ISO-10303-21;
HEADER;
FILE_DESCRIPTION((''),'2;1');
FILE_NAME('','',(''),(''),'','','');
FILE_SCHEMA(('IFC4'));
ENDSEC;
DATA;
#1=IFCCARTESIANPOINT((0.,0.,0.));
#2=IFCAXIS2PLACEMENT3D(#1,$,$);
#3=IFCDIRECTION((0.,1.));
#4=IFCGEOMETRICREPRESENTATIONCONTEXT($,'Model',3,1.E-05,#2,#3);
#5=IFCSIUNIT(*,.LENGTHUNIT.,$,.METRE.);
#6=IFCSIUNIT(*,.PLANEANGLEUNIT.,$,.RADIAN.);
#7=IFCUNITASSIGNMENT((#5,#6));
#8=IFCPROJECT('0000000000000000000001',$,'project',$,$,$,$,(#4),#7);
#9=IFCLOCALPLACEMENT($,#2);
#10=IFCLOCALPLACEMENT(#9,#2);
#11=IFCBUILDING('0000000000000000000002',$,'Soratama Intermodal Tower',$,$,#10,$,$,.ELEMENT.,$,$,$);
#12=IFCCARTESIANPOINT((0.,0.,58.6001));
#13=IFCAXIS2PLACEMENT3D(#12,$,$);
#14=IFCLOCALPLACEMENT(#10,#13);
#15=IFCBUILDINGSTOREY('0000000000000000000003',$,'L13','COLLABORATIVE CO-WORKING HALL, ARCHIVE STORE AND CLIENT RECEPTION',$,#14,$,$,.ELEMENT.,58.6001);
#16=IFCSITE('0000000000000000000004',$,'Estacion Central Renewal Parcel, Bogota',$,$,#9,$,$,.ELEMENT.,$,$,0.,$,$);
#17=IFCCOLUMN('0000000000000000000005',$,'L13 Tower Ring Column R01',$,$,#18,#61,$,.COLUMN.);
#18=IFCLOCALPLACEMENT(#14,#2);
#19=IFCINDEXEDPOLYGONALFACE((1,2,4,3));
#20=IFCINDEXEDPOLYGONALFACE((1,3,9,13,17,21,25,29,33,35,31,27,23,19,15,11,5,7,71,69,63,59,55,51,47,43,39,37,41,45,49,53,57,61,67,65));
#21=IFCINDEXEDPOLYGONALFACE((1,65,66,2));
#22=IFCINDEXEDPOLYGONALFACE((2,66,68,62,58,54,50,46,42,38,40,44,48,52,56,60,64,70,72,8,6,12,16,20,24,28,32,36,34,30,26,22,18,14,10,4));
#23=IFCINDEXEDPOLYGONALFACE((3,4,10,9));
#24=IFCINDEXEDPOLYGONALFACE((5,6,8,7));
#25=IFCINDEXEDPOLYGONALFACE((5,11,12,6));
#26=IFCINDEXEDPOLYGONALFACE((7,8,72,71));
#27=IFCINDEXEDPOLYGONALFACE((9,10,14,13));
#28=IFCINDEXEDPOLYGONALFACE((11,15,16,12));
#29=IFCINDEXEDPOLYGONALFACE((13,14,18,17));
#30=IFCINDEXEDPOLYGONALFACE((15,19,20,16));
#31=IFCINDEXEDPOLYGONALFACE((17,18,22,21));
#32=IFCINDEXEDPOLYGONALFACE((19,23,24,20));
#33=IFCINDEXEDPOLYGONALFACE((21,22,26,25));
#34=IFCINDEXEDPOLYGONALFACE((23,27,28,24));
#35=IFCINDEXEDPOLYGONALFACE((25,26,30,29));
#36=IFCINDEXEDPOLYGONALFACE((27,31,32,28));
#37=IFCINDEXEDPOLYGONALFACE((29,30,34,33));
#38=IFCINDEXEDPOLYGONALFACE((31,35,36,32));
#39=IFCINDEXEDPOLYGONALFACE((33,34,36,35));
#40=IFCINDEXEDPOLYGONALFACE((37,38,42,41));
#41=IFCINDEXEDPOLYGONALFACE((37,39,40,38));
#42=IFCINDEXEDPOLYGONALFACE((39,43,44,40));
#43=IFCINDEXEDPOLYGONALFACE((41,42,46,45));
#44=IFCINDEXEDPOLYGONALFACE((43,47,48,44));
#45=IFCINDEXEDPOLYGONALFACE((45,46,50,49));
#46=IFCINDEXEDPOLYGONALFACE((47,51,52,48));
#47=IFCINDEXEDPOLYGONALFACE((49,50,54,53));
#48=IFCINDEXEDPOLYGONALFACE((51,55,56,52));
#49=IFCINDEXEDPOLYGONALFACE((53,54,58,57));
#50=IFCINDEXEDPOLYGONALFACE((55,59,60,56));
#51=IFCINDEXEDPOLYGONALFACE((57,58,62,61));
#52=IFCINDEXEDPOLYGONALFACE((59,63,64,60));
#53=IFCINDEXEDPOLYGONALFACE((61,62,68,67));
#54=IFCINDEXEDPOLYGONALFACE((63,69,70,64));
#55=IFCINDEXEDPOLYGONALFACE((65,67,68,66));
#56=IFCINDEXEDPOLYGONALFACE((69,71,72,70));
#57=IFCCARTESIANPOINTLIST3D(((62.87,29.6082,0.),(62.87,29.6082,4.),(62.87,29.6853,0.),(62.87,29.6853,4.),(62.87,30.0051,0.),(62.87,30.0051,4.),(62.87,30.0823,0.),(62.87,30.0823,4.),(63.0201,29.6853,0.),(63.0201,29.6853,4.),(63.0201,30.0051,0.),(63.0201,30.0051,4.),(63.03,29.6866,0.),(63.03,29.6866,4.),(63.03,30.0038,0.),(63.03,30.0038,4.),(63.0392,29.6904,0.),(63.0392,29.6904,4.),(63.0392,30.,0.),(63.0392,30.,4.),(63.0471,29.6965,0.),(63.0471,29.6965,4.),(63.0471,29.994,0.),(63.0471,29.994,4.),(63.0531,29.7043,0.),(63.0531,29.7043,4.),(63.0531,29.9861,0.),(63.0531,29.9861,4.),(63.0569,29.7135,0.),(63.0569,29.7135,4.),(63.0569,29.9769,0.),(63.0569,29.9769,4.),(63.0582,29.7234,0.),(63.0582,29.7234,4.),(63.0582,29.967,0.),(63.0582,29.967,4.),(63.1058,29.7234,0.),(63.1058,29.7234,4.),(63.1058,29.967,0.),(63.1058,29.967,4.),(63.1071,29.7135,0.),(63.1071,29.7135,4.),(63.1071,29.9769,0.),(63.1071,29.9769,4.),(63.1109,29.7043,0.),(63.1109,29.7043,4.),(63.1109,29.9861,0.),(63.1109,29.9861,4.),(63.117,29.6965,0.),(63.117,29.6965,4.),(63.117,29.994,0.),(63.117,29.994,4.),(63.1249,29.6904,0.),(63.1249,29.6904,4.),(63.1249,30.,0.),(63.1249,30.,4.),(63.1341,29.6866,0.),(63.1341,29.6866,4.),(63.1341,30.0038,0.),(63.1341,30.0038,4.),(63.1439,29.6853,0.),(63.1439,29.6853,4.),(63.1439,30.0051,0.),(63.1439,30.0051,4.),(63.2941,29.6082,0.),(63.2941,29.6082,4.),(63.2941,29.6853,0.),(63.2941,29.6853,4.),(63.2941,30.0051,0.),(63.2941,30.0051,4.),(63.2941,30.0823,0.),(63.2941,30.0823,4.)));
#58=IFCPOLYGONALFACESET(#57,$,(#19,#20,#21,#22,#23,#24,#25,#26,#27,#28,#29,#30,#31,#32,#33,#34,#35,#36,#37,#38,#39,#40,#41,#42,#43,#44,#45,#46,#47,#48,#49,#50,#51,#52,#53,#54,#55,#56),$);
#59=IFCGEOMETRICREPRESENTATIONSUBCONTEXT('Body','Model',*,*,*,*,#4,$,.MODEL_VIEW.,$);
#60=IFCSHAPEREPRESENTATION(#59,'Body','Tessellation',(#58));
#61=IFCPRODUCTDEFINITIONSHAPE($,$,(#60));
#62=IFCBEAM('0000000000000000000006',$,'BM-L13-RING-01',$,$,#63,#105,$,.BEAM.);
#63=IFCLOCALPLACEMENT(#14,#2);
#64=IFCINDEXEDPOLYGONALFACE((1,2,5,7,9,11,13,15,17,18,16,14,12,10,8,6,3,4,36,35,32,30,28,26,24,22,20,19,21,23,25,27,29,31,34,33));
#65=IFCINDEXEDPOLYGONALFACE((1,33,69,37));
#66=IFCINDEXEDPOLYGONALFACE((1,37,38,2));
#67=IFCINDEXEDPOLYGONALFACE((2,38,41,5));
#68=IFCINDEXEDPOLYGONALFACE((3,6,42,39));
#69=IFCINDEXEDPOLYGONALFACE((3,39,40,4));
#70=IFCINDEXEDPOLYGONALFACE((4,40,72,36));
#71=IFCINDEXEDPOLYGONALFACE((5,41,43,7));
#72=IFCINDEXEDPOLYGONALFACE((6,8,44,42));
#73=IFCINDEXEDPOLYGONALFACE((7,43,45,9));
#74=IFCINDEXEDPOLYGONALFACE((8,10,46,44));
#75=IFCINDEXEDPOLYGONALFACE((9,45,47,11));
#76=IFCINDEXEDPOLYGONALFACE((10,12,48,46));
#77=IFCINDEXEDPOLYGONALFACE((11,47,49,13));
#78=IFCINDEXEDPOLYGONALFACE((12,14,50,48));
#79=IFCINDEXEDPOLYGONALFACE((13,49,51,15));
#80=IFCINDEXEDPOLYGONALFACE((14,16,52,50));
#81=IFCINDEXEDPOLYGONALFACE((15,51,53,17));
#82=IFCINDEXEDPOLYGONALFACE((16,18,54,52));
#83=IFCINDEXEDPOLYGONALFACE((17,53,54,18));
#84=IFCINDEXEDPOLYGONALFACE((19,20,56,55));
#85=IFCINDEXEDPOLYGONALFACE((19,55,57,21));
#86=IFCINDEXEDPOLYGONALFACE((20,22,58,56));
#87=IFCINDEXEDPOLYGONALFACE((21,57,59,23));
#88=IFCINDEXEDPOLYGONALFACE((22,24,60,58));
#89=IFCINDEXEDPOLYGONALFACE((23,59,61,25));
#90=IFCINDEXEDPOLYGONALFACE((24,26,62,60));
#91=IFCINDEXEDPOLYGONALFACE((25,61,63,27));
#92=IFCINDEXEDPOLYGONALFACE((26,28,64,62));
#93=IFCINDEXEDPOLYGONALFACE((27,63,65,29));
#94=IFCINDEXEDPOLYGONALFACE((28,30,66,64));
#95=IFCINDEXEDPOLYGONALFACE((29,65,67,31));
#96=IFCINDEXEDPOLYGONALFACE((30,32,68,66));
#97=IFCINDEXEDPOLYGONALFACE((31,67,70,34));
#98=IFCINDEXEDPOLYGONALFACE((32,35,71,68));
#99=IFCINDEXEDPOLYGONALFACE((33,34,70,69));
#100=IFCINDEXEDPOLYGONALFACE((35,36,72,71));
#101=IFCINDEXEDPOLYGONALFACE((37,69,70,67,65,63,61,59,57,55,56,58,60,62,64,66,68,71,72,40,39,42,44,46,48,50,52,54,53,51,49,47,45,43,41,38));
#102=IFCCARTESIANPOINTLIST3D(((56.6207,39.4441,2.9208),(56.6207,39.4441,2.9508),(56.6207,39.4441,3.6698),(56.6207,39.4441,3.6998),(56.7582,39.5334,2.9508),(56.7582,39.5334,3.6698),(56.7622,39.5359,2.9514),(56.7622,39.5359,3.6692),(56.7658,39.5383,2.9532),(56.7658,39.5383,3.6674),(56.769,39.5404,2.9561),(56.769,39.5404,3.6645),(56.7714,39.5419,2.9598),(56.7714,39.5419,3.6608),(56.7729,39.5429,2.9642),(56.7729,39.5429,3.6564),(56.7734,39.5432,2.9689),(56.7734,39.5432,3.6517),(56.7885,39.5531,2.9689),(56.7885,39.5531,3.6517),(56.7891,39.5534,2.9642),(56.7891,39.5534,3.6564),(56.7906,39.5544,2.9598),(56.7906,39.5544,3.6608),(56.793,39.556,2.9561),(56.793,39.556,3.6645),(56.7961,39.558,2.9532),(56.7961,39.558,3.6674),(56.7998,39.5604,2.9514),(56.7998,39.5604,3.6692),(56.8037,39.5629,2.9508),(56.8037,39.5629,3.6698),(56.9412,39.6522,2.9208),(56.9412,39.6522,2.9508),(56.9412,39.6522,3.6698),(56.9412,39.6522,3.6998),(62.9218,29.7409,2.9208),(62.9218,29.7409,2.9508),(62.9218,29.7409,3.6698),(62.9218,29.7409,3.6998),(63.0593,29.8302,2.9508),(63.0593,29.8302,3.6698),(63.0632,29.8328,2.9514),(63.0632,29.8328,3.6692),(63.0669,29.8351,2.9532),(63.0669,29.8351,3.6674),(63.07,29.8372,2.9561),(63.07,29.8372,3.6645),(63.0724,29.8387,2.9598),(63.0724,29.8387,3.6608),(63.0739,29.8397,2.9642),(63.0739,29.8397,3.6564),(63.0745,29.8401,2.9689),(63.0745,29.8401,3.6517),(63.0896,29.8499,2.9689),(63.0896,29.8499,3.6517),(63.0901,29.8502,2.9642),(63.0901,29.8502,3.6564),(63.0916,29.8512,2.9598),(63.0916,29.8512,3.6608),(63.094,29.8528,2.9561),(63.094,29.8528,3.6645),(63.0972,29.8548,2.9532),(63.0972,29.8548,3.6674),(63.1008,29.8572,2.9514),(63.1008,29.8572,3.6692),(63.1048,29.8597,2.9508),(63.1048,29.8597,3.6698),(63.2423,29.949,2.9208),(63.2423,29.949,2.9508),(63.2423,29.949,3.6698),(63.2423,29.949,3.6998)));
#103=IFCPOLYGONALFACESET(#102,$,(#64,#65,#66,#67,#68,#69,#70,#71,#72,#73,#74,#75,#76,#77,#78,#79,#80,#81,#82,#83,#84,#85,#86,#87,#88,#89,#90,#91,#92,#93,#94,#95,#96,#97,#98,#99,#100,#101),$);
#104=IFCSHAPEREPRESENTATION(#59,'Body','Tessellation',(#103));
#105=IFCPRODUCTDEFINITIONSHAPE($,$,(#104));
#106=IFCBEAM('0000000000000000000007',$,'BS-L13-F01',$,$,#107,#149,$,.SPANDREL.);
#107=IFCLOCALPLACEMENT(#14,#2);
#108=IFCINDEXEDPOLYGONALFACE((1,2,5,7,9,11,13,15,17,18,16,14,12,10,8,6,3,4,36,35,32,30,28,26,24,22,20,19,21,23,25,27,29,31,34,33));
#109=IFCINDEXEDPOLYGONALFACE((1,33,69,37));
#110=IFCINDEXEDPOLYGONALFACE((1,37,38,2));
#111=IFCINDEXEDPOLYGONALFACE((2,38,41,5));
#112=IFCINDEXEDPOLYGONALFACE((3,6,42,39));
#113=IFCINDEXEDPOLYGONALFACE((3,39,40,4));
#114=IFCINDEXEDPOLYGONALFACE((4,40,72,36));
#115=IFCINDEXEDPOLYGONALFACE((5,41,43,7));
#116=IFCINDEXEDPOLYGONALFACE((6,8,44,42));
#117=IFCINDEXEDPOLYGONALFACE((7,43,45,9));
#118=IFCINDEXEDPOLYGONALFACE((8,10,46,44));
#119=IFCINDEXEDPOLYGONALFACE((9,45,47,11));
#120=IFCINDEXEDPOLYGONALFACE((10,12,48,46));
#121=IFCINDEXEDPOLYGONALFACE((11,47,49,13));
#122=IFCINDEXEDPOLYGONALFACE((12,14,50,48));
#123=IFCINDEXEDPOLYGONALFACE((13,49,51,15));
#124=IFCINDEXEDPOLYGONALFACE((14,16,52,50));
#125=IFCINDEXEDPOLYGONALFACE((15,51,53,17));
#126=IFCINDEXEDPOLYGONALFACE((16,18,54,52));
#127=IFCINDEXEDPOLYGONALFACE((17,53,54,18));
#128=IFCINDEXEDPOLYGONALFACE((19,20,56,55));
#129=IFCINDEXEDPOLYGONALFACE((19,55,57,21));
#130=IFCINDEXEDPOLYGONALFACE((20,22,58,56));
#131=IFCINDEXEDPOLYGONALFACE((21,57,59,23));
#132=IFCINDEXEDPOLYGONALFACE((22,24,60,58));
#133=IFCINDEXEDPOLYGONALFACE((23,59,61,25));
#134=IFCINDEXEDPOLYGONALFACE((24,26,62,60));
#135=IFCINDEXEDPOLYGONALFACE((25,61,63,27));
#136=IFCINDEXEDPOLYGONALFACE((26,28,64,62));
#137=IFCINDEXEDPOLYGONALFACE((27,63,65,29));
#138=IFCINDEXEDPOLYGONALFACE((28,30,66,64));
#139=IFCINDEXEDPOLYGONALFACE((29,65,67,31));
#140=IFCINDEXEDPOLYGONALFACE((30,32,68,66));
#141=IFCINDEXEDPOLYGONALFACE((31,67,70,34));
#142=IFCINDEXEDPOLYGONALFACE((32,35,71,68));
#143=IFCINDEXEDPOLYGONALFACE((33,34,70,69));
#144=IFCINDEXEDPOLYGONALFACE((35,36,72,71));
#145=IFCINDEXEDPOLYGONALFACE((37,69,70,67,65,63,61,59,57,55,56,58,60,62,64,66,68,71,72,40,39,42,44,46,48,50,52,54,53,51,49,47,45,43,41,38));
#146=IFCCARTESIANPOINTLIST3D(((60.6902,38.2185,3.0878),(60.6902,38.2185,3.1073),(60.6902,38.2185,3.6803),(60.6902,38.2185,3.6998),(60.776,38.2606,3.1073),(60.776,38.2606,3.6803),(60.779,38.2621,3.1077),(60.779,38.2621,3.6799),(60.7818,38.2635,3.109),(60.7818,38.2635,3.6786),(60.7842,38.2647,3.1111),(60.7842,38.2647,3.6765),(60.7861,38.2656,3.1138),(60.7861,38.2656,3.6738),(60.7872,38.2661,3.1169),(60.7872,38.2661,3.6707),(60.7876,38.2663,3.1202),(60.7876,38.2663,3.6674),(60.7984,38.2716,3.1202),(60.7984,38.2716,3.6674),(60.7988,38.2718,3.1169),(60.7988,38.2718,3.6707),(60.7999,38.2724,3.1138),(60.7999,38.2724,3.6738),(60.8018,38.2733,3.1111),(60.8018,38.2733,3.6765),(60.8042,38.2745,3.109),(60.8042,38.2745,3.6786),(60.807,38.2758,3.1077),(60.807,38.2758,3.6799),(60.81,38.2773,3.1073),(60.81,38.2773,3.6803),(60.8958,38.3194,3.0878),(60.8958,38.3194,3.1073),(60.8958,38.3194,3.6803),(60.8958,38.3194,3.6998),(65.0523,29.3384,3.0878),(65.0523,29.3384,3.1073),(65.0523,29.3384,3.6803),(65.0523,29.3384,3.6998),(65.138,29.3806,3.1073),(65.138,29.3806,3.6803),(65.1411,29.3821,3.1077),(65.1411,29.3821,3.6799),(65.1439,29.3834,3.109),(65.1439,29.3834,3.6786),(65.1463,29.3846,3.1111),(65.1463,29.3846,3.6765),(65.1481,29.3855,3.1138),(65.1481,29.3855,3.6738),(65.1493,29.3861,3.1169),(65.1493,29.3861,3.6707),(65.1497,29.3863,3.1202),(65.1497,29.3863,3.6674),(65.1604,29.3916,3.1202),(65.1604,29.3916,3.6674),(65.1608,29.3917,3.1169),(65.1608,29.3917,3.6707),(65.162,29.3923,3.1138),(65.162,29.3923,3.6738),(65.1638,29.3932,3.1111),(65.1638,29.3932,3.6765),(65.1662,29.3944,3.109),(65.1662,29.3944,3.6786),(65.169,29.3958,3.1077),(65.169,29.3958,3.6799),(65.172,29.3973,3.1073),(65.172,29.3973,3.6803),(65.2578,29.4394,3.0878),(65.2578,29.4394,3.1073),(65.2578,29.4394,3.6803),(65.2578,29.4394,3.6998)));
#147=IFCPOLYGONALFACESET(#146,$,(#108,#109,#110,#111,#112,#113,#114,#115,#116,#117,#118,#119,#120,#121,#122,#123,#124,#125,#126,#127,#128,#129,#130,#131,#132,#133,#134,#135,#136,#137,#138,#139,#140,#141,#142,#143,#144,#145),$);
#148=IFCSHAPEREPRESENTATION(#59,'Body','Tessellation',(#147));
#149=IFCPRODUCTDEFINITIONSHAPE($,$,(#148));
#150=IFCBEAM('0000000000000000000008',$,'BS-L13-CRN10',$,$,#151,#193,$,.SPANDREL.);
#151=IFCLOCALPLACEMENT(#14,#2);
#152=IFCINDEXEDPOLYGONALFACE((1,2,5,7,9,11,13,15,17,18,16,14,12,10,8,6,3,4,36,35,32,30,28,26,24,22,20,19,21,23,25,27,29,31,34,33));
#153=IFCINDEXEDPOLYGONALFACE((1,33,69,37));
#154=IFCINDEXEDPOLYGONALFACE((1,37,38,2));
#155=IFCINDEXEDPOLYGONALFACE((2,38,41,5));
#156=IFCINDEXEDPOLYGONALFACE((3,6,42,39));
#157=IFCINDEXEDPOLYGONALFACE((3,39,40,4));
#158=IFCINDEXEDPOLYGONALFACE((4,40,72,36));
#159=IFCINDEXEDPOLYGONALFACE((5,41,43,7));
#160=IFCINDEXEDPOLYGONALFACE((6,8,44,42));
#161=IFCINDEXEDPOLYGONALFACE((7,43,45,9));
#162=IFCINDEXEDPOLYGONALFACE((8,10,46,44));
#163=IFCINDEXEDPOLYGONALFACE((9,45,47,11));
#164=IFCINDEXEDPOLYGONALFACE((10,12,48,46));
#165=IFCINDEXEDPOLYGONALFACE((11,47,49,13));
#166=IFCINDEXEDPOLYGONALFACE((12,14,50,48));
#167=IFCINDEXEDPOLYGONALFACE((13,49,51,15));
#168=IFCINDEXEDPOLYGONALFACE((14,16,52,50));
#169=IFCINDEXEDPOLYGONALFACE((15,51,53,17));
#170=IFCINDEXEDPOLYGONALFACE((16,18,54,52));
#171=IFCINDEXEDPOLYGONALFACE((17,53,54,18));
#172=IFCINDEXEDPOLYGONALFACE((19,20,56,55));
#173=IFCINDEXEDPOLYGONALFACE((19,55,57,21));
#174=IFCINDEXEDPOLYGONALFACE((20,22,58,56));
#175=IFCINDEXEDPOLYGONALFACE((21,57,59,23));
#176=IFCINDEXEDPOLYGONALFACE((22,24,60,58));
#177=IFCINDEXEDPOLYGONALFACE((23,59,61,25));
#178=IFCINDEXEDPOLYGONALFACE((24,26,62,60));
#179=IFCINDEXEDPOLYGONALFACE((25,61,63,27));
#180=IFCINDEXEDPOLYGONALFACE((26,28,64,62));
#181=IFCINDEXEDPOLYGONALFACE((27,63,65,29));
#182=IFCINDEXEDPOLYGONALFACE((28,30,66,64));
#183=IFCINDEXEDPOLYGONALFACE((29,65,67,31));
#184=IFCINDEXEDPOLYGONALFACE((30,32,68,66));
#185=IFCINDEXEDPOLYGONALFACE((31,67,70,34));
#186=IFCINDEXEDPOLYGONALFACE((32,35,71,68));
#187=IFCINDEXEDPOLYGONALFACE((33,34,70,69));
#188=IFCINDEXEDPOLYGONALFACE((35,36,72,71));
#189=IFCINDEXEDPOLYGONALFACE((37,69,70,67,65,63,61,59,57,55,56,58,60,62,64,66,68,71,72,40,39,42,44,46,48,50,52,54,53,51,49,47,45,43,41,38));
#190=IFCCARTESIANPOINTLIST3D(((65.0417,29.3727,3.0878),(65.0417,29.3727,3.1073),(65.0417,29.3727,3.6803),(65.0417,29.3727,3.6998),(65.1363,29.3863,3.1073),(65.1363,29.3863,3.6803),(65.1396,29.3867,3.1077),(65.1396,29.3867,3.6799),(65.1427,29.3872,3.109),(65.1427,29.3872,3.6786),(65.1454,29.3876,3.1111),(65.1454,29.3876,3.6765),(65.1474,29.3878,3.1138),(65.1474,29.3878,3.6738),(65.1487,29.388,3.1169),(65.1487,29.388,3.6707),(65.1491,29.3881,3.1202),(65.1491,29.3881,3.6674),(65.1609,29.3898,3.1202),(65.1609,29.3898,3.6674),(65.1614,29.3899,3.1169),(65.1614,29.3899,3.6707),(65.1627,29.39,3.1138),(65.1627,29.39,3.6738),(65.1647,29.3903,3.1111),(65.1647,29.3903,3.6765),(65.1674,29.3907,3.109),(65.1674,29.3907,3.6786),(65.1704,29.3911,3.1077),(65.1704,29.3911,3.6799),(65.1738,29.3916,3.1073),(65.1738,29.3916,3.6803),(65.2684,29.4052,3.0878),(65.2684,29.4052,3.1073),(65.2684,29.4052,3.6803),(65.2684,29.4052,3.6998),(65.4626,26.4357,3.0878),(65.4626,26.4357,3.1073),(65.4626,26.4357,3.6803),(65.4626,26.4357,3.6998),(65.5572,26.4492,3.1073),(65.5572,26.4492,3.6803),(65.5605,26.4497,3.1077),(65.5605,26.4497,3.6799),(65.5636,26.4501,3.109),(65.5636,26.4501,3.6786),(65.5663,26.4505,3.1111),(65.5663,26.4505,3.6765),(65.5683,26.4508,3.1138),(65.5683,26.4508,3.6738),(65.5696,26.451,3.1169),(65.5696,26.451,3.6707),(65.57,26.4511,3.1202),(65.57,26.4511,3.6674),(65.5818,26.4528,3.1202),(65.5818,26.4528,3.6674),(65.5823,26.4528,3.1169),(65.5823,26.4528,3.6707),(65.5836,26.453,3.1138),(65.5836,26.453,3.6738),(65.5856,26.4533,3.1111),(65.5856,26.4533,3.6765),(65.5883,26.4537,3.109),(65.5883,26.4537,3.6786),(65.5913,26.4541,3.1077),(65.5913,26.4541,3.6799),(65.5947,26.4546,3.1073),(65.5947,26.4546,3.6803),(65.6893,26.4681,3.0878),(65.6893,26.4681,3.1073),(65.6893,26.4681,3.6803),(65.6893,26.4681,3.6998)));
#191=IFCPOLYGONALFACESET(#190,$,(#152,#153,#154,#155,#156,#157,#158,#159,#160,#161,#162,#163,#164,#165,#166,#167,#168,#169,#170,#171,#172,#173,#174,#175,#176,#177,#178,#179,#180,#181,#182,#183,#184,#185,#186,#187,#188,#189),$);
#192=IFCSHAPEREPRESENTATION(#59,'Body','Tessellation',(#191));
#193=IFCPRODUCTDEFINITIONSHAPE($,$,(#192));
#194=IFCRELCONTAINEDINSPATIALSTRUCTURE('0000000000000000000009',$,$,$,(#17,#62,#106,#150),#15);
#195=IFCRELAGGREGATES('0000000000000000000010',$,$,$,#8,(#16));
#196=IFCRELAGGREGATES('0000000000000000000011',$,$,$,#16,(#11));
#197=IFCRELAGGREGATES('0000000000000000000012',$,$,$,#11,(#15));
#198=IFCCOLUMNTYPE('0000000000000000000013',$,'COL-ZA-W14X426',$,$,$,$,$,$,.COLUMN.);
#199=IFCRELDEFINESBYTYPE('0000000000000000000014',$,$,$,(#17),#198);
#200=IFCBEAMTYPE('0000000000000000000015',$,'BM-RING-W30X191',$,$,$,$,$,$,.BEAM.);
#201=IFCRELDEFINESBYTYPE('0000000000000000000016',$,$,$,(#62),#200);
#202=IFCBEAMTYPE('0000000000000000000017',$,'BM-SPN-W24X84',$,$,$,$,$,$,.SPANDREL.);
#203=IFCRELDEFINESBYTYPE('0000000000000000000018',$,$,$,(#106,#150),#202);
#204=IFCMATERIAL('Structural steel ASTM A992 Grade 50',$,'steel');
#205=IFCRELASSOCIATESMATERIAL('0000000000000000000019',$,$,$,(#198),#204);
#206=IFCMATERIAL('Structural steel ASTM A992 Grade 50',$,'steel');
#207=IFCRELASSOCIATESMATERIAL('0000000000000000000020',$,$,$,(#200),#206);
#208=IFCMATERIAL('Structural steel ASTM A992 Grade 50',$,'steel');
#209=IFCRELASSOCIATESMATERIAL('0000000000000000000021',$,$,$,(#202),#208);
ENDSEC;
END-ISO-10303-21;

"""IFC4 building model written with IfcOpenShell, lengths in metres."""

from ifc_helpers import new_model, si_unit, direction, frame, origin, origin_2d, place, context, subcontext, project, spatial, i_section, extrude, material, material_profile, profile_set, type_object, element, save


model = new_model("IFC4")

# Units and contexts
model_context = context("Model", 3, precision=1e-05, world=origin(), true_north=direction((0.0, 1.0)))
body_context = subcontext(model_context, "Body", "Model", "MODEL_VIEW")
ifc_project = project(units=[si_unit("LENGTHUNIT", "METRE"), si_unit("PLANEANGLEUNIT", "RADIAN")], contexts=[model_context])

# Site, building, storey
site_placement = place(None, origin())
site = spatial("IfcSite", under=ifc_project, at=site_placement, Name="Estacion Central Renewal Parcel, Bogota", CompositionType="ELEMENT", RefElevation=0.0)
building_placement = place(site_placement, origin())
building = spatial("IfcBuilding", under=site, at=building_placement, Name="Soratama Intermodal Tower", CompositionType="ELEMENT")
storey_placement = place(building_placement, frame((0.0, 0.0, 58.6001)))
storey = spatial("IfcBuildingStorey", under=building, at=storey_placement, Name="L13", Description="COLLABORATIVE CO-WORKING HALL, ARCHIVE STORE AND CLIENT RECEPTION", CompositionType="ELEMENT", Elevation=58.6001)

# Column
ifc_material_1 = material(Name="Structural steel ASTM A992 Grade 50", Category="steel")
ifc_material_profile_1 = material_profile(ifc_material_1, i_section(OverallWidth=0.4241, OverallDepth=0.4741, WebThickness=0.0476, FlangeThickness=0.0771, FilletRadius=0.0381, at=origin_2d()), Name="W14X426")
ifc_profile_set_1 = profile_set([ifc_material_profile_1], Name="Structural steel ASTM A992 Grade 50")
column_type = type_object("IfcColumnType", Name="COL-ZA-W14X426", PredefinedType="COLUMN", material=ifc_profile_set_1)
column_placement = place(storey_placement, frame((63.082, 29.8452, 0.0), z_axis=(0.0, 0.0, 1.0), x_axis=(1.0, 0.0, 0.0)))
element("IfcColumn", 1, at=column_placement, inside=storey, type_object=column_type, Name="L13 Tower Ring Column R01", PredefinedType="COLUMN", context=body_context, shape_type="SweptSolid", body=[
    extrude(i_section(OverallWidth=0.4241, OverallDepth=0.4741, WebThickness=0.0476, FlangeThickness=0.0771, FilletRadius=0.0381, at=origin_2d()), origin(), (0.0, 0.0, 1.0), 4.0),
])

# Beams
ifc_material_2 = material(Name="Structural steel ASTM A992 Grade 50", Category="steel")
ifc_material_profile_2 = material_profile(ifc_material_2, i_section(OverallWidth=0.3821, OverallDepth=0.7791, WebThickness=0.0181, FlangeThickness=0.03, FilletRadius=0.0181, at=origin_2d()), Name="W30X191")
ifc_profile_set_2 = profile_set([ifc_material_profile_2], Name="Structural steel ASTM A992 Grade 50")
beam_type_1 = type_object("IfcBeamType", Name="BM-RING-W30X191", PredefinedType="BEAM", material=ifc_profile_set_2)
beam_1_placement = place(storey_placement, frame((63.082, 29.845, 3.3103), z_axis=(-0.544623, 0.838681, 0.0), x_axis=(-0.838681, -0.544623, 0.0)))
element("IfcBeam", 2, at=beam_1_placement, inside=storey, type_object=beam_type_1, Name="BM-L13-RING-01", PredefinedType="BEAM", context=body_context, shape_type="SweptSolid", body=[
    extrude(i_section(OverallWidth=0.3821, OverallDepth=0.7791, WebThickness=0.0181, FlangeThickness=0.03, FilletRadius=0.0181, at=origin_2d()), origin(), (0.0, 0.0, 1.0), 11.5696),
])
ifc_material_3 = material(Name="Structural steel ASTM A992 Grade 50", Category="steel")
ifc_material_profile_3 = material_profile(ifc_material_3, i_section(OverallWidth=0.229, OverallDepth=0.6121, WebThickness=0.012, FlangeThickness=0.0195, FilletRadius=0.0129, at=origin_2d()), Name="W24X84")
ifc_profile_set_3 = profile_set([ifc_material_profile_3], Name="Structural steel ASTM A992 Grade 50")
beam_type_2 = type_object("IfcBeamType", Name="BM-SPN-W24X84", PredefinedType="SPANDREL", material=ifc_profile_set_3)
beam_2_placement = place(storey_placement, frame((65.155, 29.3889, 3.3938), z_axis=(-0.440895, 0.897559, 0.0), x_axis=(-0.897559, -0.440895, 0.0)))
element("IfcBeam", 3, at=beam_2_placement, inside=storey, type_object=beam_type_2, Name="BS-L13-F01", PredefinedType="SPANDREL", context=body_context, shape_type="SweptSolid", body=[
    extrude(i_section(OverallWidth=0.229, OverallDepth=0.6121, WebThickness=0.012, FlangeThickness=0.0195, FilletRadius=0.0129, at=origin_2d()), origin(), (0.0, 0.0, 1.0), 9.8936),
])
beam_3_placement = place(storey_placement, frame((65.5759, 26.4519, 3.3938), z_axis=(-0.141859, 0.989887, 0.0), x_axis=(-0.989887, -0.141859, 0.0)))
element("IfcBeam", 4, at=beam_3_placement, inside=storey, type_object=beam_type_2, Name="BS-L13-CRN10", PredefinedType="SPANDREL", context=body_context, shape_type="SweptSolid", body=[
    extrude(i_section(OverallWidth=0.229, OverallDepth=0.6121, WebThickness=0.012, FlangeThickness=0.0195, FilletRadius=0.0129, at=origin_2d()), origin(), (0.0, 0.0, 1.0), 2.967),
])

save(model, "model.ifc")
